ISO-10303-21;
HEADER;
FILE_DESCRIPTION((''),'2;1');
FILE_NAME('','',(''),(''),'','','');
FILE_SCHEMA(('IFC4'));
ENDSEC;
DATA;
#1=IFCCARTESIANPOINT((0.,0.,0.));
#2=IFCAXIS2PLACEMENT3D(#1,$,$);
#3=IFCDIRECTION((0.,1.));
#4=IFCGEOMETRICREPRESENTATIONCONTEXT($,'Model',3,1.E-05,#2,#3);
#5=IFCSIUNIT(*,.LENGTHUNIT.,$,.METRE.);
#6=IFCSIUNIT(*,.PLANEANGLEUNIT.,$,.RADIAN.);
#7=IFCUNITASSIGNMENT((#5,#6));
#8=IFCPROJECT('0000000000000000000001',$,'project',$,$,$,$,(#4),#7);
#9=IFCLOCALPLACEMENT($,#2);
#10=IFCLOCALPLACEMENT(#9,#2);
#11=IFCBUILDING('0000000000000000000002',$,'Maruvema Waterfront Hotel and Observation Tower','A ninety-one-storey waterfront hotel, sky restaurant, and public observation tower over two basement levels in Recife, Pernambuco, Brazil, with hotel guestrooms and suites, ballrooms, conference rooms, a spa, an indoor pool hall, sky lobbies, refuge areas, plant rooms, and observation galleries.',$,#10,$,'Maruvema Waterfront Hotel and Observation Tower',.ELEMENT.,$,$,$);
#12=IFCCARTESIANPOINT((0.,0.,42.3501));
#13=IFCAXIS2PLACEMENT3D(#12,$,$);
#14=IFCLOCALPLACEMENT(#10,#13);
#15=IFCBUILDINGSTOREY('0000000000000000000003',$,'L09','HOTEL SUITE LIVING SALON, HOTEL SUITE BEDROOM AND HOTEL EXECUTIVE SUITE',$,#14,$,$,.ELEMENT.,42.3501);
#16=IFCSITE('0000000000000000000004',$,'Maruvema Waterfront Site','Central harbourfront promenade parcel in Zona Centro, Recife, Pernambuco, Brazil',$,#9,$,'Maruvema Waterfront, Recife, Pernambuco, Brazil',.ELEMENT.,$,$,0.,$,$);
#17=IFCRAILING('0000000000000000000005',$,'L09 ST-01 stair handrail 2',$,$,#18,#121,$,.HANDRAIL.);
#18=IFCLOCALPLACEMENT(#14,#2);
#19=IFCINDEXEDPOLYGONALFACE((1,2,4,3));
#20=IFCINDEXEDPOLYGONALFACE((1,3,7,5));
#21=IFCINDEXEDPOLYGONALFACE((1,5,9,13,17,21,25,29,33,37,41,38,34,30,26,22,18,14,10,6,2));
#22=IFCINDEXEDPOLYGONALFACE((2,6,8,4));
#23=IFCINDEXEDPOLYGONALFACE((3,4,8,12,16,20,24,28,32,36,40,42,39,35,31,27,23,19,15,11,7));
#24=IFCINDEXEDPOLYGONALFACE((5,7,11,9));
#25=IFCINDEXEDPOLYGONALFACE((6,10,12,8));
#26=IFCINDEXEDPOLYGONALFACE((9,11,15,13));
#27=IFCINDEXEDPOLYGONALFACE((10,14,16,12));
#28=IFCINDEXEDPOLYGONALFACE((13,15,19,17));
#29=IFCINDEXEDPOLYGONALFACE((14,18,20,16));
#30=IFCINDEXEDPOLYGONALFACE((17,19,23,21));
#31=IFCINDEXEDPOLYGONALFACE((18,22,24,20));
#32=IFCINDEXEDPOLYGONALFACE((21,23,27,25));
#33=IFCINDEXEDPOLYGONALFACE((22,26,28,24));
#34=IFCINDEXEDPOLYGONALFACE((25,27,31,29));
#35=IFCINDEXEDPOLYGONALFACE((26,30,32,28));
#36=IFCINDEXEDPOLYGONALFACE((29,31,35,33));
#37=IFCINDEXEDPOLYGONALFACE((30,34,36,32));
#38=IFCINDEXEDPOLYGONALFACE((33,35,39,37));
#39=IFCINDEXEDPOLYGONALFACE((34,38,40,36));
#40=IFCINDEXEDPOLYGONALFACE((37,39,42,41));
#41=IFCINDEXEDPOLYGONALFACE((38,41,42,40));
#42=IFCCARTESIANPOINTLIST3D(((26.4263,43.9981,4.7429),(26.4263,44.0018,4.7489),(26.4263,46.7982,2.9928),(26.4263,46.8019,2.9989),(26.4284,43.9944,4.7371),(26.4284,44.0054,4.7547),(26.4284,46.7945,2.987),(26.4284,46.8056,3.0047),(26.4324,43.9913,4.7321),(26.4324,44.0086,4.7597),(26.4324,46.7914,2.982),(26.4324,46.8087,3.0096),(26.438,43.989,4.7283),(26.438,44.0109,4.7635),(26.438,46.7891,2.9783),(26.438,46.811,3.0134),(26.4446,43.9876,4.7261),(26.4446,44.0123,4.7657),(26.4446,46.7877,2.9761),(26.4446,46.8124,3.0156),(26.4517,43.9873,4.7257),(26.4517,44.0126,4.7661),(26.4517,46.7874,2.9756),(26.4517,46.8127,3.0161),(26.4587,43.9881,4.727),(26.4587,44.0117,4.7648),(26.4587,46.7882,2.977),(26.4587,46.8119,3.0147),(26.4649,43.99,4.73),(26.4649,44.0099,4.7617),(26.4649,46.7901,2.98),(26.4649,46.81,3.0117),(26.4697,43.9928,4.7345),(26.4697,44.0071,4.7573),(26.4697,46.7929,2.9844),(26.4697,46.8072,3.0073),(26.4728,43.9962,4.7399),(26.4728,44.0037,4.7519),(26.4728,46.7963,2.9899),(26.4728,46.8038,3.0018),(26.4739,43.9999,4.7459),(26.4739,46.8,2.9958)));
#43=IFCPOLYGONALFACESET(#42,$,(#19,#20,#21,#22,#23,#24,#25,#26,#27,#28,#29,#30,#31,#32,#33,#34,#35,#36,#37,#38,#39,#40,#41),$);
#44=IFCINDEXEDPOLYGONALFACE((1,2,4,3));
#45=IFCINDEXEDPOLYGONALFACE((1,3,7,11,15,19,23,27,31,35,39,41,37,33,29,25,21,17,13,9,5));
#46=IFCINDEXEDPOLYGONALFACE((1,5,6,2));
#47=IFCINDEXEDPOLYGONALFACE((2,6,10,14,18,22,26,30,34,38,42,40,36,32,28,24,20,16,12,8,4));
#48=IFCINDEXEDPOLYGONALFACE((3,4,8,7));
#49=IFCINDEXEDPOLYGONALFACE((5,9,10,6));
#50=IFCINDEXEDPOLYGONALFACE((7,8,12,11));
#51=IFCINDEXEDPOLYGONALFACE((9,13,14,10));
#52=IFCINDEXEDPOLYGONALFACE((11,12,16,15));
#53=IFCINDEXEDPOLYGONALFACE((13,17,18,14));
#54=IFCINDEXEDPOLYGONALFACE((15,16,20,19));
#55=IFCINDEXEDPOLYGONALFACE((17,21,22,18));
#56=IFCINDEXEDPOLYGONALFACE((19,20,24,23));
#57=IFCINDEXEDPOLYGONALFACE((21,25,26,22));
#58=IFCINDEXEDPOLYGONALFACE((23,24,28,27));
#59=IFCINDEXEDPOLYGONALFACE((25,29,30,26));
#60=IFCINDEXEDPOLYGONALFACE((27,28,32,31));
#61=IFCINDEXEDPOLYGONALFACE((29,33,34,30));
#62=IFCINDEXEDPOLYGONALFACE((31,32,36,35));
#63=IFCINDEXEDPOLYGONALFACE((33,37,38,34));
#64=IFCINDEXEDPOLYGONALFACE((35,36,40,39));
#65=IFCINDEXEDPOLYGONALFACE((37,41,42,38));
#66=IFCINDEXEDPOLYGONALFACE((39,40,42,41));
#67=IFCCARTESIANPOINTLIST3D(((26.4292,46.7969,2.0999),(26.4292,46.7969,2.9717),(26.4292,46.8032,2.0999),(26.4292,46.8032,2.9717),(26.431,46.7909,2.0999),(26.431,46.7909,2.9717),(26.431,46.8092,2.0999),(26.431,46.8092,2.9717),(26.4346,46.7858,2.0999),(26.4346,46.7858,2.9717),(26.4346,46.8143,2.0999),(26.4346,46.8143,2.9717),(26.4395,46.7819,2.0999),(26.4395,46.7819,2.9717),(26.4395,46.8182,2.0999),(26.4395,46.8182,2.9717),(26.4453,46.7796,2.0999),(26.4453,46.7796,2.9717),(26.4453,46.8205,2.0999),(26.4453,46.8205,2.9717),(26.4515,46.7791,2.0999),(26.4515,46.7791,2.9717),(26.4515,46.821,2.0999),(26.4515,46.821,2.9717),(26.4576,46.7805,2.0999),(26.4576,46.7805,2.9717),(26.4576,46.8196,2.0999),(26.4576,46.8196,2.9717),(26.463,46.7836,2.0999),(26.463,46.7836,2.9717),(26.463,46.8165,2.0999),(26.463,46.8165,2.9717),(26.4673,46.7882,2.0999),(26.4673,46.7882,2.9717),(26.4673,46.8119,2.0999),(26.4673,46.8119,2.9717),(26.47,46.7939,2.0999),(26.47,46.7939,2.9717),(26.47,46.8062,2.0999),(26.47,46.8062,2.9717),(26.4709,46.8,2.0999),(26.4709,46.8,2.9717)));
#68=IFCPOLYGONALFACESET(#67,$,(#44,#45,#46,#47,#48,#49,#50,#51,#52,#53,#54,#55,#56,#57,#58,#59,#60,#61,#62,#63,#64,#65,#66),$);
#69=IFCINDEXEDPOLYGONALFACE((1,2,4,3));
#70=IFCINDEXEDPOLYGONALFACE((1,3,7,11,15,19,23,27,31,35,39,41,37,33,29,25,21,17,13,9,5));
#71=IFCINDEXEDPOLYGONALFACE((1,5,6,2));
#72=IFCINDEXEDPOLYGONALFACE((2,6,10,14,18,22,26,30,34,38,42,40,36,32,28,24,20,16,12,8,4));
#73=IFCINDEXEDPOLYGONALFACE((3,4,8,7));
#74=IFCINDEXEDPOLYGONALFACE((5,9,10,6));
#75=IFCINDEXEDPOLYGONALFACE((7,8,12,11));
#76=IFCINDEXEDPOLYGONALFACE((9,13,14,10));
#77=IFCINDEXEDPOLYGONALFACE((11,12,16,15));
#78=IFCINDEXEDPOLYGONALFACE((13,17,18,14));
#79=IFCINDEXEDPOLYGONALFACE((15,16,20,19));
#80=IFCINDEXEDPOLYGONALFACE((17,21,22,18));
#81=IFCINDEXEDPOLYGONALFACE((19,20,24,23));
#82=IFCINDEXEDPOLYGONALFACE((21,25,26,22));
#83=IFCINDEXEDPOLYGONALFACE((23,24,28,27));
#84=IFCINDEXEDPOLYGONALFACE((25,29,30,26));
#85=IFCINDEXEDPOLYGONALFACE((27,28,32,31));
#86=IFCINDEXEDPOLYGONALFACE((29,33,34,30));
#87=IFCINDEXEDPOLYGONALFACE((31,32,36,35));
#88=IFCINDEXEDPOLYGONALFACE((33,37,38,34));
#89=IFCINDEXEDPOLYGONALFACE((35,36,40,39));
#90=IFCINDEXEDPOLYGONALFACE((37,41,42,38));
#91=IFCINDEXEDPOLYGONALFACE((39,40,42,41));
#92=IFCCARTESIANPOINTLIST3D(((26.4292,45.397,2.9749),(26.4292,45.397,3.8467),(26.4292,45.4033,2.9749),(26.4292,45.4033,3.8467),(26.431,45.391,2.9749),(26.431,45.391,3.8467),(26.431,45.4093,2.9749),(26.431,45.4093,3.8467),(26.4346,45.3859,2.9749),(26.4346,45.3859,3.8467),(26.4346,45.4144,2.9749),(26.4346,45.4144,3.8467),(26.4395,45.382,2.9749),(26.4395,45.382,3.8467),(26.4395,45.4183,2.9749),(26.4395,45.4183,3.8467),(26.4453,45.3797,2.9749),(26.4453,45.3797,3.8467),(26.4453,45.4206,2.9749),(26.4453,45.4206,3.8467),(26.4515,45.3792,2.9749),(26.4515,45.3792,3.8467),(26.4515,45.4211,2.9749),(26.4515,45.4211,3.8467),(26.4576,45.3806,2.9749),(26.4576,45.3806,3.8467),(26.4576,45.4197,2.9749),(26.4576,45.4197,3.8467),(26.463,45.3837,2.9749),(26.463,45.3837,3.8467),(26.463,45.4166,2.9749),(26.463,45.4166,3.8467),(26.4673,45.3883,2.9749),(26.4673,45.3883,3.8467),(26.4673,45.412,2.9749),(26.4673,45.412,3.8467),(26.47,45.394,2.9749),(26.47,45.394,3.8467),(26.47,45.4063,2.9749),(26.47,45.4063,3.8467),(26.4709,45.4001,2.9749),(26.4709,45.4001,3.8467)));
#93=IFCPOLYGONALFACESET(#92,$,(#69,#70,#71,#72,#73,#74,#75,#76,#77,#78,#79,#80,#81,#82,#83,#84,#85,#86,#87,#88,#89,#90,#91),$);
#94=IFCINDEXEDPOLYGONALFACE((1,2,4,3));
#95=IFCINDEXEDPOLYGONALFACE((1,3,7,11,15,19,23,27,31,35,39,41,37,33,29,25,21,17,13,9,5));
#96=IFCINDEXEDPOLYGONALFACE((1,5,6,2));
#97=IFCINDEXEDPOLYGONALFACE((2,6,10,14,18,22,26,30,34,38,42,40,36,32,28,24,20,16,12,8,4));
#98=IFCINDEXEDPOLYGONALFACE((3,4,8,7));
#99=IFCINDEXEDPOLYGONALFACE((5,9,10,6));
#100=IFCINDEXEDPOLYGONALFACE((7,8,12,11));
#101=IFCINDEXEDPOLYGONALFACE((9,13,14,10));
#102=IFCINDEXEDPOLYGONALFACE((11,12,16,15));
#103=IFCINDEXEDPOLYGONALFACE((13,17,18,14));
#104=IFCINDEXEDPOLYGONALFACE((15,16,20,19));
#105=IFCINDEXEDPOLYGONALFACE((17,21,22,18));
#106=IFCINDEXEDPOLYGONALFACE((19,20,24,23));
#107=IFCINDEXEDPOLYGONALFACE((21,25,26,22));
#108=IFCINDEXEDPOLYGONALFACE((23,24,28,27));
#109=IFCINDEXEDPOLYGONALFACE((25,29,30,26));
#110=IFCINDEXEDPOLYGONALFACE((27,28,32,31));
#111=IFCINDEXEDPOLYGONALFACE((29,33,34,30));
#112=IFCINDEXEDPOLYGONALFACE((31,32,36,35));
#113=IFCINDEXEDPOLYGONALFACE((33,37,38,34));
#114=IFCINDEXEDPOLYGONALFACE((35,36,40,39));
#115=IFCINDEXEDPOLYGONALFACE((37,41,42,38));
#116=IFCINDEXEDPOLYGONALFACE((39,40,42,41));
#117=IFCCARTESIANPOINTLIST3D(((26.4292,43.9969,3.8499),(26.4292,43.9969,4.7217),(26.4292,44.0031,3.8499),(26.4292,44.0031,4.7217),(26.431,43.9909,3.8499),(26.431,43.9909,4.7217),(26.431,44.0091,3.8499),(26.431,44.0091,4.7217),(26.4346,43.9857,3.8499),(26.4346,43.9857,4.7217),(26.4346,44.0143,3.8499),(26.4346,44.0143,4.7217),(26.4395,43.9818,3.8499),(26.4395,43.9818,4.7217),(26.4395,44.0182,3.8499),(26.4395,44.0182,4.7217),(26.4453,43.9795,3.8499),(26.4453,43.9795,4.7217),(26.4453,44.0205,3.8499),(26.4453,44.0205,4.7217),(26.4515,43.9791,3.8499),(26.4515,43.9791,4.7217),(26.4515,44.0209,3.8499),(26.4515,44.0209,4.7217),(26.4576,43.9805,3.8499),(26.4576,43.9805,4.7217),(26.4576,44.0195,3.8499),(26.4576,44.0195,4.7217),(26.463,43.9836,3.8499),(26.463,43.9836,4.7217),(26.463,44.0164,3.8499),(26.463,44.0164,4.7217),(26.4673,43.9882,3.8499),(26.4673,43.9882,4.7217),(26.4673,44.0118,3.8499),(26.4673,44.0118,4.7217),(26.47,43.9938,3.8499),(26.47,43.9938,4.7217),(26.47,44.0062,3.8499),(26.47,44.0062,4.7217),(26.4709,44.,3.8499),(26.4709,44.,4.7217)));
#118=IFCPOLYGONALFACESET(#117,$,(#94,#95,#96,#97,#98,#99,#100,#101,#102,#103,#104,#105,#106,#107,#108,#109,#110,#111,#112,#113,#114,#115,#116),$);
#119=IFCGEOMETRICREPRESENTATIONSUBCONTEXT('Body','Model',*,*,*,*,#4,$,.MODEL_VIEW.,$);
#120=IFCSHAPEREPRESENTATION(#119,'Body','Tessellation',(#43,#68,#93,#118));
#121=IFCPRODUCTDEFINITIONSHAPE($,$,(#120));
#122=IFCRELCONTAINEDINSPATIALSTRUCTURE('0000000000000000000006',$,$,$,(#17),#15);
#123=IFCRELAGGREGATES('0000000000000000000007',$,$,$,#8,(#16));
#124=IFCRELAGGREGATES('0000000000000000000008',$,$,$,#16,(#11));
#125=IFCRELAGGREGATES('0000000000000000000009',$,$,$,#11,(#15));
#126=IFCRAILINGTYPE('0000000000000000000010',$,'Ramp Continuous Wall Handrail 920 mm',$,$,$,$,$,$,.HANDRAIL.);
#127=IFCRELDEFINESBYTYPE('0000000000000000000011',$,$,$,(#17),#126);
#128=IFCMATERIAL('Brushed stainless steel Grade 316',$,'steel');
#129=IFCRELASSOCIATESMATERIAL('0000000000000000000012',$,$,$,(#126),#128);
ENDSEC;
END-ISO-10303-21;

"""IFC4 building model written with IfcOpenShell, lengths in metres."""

from ifc_helpers import new_model, si_unit, direction, frame, origin, origin_2d, place, context, subcontext, project, spatial, circle, extrude, material, type_object, element, save


model = new_model("IFC4")

# Units and contexts
model_context = context("Model", 3, precision=1e-05, world=origin(), true_north=direction((0.0, 1.0)))
body_context = subcontext(model_context, "Body", "Model", "MODEL_VIEW")
ifc_project = project(units=[si_unit("LENGTHUNIT", "METRE"), si_unit("PLANEANGLEUNIT", "RADIAN")], contexts=[model_context])

# Site, building, storey
site_placement = place(None, origin())
site = spatial("IfcSite", under=ifc_project, at=site_placement, Name="Maruvema Waterfront Site", Description="Central harbourfront promenade parcel in Zona Centro, Recife, Pernambuco, Brazil", LongName="Maruvema Waterfront, Recife, Pernambuco, Brazil", CompositionType="ELEMENT", RefElevation=0.0)
building_placement = place(site_placement, origin())
building = spatial("IfcBuilding", under=site, at=building_placement, Name="Maruvema Waterfront Hotel and Observation Tower", Description="A ninety-one-storey waterfront hotel, sky restaurant, and public observation tower over two basement levels in Recife, Pernambuco, Brazil, with hotel guestrooms and suites, ballrooms, conference rooms, a spa, an indoor pool hall, sky lobbies, refuge areas, plant rooms, and observation galleries.", LongName="Maruvema Waterfront Hotel and Observation Tower", CompositionType="ELEMENT")
storey_placement = place(building_placement, frame((0.0, 0.0, 42.3501)))
storey = spatial("IfcBuildingStorey", under=building, at=storey_placement, Name="L09", Description="HOTEL SUITE LIVING SALON, HOTEL SUITE BEDROOM AND HOTEL EXECUTIVE SUITE", CompositionType="ELEMENT", Elevation=42.3501)

# Railing
ifc_material_1 = material(Name="Brushed stainless steel Grade 316", Category="steel")
railing_type_1 = type_object("IfcRailingType", Name="Ramp Continuous Wall Handrail 920 mm", PredefinedType="HANDRAIL", material=ifc_material_1)
railing_1_placement = place(storey_placement, frame((26.45, 46.8, 2.0999)))
element("IfcRailing", 1, at=railing_1_placement, inside=storey, type_object=railing_type_1, Name="L09 ST-01 stair handrail 2", PredefinedType="HANDRAIL", context=body_context, shape_type="SweptSolid", body=[
    extrude(circle(Radius=0.0239, at=origin_2d()), frame((0.0, 0.0, 0.896), z_axis=(0.0, -0.848002, 0.529992), x_axis=(1.0, 0.0, 0.0)), (0.0, 0.0, 1.0), 3.302),
    extrude(circle(Radius=0.021, at=origin_2d()), origin(), (0.0, 0.0, 1.0), 0.8718),
    extrude(circle(Radius=0.021, at=origin_2d()), frame((0.0, -1.3999, 0.875)), (0.0, 0.0, 1.0), 0.8718),
    extrude(circle(Radius=0.021, at=origin_2d()), frame((0.0, -2.8, 1.75)), (0.0, 0.0, 1.0), 0.8718),
])

save(model, "model.ifc")
